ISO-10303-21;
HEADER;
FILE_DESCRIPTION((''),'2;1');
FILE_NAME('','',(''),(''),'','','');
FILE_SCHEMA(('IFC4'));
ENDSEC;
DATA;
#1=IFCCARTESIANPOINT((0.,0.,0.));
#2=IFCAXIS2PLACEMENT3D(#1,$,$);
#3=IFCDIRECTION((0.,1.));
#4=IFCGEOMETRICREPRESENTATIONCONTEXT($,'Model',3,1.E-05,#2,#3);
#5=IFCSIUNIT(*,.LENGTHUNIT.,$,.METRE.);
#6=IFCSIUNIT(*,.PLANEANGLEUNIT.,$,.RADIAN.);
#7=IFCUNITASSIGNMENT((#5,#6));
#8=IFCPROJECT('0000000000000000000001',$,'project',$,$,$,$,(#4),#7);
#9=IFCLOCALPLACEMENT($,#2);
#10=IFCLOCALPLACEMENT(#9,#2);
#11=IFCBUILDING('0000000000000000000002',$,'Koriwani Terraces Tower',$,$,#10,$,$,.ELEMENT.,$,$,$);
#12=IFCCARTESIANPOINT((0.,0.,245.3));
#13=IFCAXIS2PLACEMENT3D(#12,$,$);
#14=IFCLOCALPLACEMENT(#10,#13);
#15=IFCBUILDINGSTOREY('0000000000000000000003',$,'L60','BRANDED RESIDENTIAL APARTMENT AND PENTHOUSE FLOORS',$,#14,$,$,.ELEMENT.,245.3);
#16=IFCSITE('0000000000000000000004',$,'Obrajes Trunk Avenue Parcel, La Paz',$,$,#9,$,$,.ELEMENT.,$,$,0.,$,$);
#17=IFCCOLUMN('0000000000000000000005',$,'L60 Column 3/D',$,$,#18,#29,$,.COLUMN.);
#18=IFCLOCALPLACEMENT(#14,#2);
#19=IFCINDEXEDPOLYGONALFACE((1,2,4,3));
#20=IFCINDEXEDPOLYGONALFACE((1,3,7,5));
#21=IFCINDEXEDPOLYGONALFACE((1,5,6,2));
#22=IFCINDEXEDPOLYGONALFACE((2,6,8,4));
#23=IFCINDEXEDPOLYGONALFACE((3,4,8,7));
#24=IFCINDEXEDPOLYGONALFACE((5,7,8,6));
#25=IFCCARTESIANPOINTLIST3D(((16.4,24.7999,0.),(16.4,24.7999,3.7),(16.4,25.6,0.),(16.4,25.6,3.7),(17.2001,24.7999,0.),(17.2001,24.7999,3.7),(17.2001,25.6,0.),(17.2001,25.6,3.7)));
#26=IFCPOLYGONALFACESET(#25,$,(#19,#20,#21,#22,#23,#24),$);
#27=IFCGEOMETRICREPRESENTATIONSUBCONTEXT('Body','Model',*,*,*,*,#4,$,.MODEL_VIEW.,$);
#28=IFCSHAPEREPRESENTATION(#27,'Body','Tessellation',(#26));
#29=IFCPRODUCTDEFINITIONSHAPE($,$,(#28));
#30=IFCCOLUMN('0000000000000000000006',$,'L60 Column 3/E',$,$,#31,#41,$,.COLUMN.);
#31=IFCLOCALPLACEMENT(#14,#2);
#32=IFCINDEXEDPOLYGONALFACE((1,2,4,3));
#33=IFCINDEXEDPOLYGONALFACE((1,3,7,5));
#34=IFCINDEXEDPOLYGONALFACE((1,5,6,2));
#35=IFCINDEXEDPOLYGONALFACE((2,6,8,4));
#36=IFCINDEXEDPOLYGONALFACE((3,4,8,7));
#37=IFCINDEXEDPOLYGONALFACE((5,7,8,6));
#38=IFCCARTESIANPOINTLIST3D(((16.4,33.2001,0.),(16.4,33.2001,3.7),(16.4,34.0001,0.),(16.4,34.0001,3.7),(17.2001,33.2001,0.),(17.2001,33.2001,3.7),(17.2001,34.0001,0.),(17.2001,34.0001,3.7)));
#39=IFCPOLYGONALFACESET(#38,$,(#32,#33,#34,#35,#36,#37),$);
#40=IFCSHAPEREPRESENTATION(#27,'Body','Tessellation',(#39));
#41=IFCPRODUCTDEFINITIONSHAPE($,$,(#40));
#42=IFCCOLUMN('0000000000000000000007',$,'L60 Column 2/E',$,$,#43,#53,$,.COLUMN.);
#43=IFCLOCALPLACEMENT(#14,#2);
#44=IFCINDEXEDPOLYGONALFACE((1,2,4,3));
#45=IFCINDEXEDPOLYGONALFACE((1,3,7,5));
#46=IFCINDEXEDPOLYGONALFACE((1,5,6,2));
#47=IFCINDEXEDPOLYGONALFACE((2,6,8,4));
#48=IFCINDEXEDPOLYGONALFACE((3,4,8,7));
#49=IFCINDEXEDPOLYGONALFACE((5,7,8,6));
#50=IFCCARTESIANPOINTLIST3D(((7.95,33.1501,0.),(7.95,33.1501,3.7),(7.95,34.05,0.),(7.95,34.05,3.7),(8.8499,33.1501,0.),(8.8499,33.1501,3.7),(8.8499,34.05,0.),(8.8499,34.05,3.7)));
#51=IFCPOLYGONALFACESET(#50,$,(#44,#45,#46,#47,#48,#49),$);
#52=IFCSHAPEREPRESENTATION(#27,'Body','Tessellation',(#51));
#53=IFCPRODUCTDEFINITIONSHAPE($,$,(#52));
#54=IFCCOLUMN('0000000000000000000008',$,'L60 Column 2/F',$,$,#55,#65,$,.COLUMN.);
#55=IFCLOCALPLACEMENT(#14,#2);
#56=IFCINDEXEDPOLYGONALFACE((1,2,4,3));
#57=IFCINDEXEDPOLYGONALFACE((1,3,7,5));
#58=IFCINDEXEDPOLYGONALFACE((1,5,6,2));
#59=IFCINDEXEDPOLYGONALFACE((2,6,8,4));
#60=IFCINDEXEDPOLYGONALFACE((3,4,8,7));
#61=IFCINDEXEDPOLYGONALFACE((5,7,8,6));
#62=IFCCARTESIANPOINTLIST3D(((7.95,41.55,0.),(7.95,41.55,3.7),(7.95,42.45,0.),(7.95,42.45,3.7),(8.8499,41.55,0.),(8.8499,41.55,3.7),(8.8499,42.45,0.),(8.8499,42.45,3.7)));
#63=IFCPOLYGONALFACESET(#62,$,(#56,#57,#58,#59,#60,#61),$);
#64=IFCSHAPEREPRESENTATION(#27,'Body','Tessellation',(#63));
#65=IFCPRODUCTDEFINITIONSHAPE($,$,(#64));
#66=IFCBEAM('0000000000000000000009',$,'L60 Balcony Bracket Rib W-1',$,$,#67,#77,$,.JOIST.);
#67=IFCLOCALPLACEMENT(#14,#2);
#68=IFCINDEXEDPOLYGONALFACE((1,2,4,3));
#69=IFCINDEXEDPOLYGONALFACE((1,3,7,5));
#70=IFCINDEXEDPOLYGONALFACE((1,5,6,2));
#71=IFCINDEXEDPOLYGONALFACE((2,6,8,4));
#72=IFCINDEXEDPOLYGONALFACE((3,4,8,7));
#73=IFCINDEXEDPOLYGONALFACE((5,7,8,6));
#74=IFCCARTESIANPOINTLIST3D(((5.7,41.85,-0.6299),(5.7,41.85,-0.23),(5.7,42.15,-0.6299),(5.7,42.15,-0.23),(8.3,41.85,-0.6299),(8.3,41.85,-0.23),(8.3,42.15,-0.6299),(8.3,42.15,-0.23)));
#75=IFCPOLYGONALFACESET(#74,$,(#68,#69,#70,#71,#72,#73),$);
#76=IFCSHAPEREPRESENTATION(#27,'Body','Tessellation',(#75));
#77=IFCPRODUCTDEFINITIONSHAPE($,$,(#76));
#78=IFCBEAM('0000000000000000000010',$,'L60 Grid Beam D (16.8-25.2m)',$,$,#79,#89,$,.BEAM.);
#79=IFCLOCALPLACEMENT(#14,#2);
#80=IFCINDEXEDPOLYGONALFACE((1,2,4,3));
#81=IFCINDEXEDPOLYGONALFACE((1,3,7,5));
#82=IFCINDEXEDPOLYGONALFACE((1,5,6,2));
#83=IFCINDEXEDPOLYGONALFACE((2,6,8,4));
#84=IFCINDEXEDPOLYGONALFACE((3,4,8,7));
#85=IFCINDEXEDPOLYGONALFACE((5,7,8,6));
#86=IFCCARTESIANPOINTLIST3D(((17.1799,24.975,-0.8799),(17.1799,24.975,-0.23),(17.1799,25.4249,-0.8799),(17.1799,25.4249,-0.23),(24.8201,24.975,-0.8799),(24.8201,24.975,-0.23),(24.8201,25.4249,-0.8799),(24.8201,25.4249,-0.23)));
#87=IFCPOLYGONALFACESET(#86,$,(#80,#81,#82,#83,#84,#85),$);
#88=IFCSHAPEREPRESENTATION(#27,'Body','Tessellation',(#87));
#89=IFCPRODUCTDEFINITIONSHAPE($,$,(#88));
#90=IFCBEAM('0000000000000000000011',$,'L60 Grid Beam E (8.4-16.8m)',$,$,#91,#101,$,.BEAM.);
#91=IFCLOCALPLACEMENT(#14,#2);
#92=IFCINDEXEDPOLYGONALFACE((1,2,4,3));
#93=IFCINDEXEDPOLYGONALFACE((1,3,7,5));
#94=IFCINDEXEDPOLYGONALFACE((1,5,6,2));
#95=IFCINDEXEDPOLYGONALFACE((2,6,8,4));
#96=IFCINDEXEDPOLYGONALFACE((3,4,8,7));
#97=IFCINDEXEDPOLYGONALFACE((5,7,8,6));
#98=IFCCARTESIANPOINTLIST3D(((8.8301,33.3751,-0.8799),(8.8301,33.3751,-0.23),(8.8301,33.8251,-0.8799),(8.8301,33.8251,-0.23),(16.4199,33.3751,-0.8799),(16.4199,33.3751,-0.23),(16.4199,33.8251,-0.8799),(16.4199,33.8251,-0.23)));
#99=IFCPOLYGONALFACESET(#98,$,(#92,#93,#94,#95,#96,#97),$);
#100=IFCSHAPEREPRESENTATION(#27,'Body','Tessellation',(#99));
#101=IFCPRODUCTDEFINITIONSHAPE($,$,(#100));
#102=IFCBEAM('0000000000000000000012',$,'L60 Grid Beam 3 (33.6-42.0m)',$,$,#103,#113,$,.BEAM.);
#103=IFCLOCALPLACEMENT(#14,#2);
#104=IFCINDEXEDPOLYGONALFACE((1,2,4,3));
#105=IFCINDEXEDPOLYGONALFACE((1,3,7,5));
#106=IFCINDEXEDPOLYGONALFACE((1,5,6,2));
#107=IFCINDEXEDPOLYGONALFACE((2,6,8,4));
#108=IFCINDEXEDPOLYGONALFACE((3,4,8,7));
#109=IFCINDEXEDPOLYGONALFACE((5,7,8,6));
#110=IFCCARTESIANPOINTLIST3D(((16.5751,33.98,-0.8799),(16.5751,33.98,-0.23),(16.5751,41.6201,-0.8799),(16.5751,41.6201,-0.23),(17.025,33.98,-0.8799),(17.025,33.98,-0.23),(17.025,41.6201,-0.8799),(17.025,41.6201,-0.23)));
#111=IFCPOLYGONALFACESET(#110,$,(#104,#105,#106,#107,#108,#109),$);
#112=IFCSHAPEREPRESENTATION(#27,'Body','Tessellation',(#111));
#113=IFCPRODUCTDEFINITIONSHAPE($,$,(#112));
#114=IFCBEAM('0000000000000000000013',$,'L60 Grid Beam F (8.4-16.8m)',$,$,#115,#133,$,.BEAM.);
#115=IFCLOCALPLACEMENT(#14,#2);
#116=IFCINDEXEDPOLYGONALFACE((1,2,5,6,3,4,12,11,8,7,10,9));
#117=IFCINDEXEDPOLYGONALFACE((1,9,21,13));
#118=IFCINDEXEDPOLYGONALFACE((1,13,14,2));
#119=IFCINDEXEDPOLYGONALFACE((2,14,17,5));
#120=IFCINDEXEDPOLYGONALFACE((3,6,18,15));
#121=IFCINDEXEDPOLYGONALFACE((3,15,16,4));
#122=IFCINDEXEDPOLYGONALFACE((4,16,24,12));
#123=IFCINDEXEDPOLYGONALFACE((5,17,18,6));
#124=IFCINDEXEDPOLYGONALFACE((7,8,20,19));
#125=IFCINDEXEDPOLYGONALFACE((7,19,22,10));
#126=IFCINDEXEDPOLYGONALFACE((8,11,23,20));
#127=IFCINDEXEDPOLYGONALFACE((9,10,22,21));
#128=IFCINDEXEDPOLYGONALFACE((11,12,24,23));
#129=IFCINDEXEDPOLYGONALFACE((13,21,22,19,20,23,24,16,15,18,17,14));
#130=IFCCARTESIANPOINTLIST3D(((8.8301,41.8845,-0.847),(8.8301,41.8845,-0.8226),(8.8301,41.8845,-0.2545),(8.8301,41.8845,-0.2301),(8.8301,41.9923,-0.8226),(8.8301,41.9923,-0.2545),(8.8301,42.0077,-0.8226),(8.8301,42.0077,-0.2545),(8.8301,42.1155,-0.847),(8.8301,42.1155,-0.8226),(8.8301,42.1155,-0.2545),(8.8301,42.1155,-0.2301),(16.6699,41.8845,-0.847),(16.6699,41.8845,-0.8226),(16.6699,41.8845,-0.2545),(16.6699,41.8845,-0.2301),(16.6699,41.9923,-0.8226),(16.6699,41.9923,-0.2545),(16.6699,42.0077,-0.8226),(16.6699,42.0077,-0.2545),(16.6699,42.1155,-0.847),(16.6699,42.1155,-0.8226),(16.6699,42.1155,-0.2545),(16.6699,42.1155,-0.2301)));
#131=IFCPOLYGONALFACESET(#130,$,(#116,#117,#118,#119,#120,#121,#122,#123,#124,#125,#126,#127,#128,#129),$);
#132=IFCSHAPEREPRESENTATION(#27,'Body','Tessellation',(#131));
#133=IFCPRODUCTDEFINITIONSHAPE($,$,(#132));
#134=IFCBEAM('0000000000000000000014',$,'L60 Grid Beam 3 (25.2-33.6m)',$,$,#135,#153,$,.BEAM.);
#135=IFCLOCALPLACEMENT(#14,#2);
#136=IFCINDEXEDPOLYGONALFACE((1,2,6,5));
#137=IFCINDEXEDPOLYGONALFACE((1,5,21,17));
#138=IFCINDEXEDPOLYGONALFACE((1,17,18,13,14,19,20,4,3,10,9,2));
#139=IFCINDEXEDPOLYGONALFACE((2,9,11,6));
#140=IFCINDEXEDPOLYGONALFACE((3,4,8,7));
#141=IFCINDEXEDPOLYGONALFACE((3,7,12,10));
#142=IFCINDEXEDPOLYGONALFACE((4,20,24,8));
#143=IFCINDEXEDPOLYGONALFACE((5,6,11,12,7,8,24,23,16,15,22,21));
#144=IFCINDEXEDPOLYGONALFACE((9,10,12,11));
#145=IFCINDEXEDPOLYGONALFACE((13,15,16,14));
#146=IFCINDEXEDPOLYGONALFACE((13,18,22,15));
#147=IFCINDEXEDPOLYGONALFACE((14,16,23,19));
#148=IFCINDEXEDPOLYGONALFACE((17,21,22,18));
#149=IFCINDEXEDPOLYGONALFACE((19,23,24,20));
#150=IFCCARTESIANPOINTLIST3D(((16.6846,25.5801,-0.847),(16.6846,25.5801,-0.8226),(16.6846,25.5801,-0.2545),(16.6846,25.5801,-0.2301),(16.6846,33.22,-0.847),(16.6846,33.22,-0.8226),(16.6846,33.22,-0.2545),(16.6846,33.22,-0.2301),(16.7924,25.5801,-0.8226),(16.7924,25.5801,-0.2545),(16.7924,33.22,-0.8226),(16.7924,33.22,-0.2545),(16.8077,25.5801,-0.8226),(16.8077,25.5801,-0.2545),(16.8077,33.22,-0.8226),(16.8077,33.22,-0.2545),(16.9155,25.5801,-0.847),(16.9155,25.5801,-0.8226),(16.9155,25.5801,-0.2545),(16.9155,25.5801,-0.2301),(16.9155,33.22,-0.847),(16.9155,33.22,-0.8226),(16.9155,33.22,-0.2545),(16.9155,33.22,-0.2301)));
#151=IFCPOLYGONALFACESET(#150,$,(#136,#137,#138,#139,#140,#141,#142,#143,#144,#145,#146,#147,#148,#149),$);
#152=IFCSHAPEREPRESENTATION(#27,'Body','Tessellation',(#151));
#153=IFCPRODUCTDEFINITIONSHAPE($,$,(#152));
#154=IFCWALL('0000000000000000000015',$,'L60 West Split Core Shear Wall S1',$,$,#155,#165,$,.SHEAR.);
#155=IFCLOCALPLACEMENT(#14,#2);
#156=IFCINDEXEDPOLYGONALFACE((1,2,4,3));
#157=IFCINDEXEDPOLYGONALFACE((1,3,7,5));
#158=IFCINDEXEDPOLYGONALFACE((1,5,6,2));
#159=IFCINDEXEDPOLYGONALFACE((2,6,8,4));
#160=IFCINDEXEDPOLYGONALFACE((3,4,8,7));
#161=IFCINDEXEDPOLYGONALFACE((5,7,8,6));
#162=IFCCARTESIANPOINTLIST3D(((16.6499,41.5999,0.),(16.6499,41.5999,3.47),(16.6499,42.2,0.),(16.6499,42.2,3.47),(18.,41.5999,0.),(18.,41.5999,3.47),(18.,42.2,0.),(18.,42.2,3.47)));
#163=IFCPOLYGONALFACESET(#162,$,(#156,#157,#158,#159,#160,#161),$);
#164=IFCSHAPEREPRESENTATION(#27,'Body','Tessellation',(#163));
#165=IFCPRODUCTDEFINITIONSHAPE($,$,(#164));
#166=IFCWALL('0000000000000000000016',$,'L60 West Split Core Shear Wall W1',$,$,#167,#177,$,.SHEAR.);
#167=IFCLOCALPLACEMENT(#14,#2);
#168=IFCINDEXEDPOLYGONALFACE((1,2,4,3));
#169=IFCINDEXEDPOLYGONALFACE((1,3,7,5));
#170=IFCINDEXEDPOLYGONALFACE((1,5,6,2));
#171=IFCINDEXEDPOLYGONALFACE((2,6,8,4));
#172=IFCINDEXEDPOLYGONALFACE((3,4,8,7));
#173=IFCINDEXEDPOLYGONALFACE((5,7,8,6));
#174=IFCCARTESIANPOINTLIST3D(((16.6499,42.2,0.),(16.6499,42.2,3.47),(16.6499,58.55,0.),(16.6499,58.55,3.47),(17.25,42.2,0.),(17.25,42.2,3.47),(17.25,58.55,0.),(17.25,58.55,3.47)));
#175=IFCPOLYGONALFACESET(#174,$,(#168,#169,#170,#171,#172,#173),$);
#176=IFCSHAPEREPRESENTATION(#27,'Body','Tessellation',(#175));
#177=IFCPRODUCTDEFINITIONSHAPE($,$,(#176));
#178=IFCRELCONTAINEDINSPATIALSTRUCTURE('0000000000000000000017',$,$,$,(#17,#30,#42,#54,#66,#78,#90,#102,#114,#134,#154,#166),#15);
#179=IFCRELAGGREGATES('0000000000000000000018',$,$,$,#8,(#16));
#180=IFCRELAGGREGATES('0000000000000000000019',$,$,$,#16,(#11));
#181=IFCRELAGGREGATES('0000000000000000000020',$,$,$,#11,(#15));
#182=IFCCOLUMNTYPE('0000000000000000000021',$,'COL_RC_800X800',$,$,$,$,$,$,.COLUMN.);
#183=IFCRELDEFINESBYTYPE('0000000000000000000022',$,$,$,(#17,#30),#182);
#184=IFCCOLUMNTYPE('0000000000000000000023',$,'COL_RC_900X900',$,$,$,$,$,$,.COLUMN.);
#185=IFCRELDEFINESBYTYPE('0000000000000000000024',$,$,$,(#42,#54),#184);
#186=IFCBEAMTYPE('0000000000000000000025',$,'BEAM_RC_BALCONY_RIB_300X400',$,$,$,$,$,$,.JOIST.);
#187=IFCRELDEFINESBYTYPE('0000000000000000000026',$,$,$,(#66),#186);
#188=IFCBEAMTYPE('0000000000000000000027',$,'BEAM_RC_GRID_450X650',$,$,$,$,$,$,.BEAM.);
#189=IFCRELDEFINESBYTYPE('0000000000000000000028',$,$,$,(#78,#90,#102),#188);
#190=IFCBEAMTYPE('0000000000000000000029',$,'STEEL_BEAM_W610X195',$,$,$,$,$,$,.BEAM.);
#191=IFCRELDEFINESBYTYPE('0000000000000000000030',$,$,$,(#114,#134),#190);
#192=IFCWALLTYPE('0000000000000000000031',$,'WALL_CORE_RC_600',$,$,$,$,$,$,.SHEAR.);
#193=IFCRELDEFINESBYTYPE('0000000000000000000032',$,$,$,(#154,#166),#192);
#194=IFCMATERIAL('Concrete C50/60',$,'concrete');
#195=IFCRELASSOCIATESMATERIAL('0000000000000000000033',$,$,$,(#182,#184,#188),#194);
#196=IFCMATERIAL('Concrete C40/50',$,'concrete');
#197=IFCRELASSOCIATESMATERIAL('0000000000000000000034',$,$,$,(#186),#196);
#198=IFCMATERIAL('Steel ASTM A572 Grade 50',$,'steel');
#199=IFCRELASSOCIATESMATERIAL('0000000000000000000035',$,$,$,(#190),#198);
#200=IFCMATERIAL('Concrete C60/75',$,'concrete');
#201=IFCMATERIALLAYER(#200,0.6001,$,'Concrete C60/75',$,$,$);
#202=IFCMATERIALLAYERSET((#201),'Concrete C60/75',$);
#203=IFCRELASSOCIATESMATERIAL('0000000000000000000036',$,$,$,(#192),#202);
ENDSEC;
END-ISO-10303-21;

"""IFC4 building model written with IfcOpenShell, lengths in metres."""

from ifc_helpers import new_model, si_unit, direction, frame, frame_2d, origin, origin_2d, place, context, subcontext, project, spatial, rectangle, i_section, extrude, material, layer, layer_set, material_profile, profile_set, type_object, element, save


model = new_model("IFC4")

# Units and contexts
model_context = context("Model", 3, precision=1e-05, world=origin(), true_north=direction((0.0, 1.0)))
body_context = subcontext(model_context, "Body", "Model", "MODEL_VIEW")
ifc_project = project(units=[si_unit("LENGTHUNIT", "METRE"), si_unit("PLANEANGLEUNIT", "RADIAN")], contexts=[model_context])

# Site, building, storey
site_placement = place(None, origin())
site = spatial("IfcSite", under=ifc_project, at=site_placement, Name="Obrajes Trunk Avenue Parcel, La Paz", CompositionType="ELEMENT", RefElevation=0.0)
building_placement = place(site_placement, origin())
building = spatial("IfcBuilding", under=site, at=building_placement, Name="Koriwani Terraces Tower", CompositionType="ELEMENT")
storey_placement = place(building_placement, frame((0.0, 0.0, 245.3)))
storey = spatial("IfcBuildingStorey", under=building, at=storey_placement, Name="L60", Description="BRANDED RESIDENTIAL APARTMENT AND PENTHOUSE FLOORS", CompositionType="ELEMENT", Elevation=245.3)

# Columns
ifc_material_1 = material(Name="Concrete C50/60", Category="concrete")
ifc_material_profile_1 = material_profile(ifc_material_1, rectangle(XDim=0.8, YDim=0.8, at=origin_2d()), Name="Concrete C50/60", Category="LoadBearing")
ifc_profile_set_1 = profile_set([ifc_material_profile_1], Name="Concrete C50/60")
column_type_1 = type_object("IfcColumnType", Name="COL_RC_800X800", PredefinedType="COLUMN", material=ifc_profile_set_1)
for number, where, z_axis, x_axis, name in (
    (1, (16.8, 25.2, 0.0), (0.0, 0.0, 1.0), (1.0, 0.0, 0.0), "L60 Column 3/D"),
    (2, (16.8, 33.6001, 0.0), (0.0, 0.0, 1.0), (1.0, 0.0, 0.0), "L60 Column 3/E"),
):
    element("IfcColumn", number, at=place(storey_placement, frame(where, z_axis=z_axis, x_axis=x_axis)), inside=storey, type_object=column_type_1, Name=name, PredefinedType="COLUMN", context=body_context, shape_type="SweptSolid", body=[
        extrude(rectangle(XDim=0.8, YDim=0.8, at=origin_2d()), origin(), (0.0, 0.0, 1.0), 3.7),
    ])
ifc_material_profile_2 = material_profile(ifc_material_1, rectangle(XDim=0.8999, YDim=0.8999, at=origin_2d()), Name="Concrete C50/60", Category="LoadBearing")
ifc_profile_set_2 = profile_set([ifc_material_profile_2], Name="Concrete C50/60")
column_type_2 = type_object("IfcColumnType", Name="COL_RC_900X900", PredefinedType="COLUMN", material=ifc_profile_set_2)
for number, where, z_axis, x_axis, name in (
    (3, (8.3999, 33.6001, 0.0), (0.0, 0.0, 1.0), (1.0, 0.0, 0.0), "L60 Column 2/E"),
    (4, (8.3999, 42.0, 0.0), (0.0, 0.0, 1.0), (1.0, 0.0, 0.0), "L60 Column 2/F"),
):
    element("IfcColumn", number, at=place(storey_placement, frame(where, z_axis=z_axis, x_axis=x_axis)), inside=storey, type_object=column_type_2, Name=name, PredefinedType="COLUMN", context=body_context, shape_type="SweptSolid", body=[
        extrude(rectangle(XDim=0.8999, YDim=0.8999, at=origin_2d()), origin(), (0.0, 0.0, 1.0), 3.7),
    ])

# Beams
ifc_material_2 = material(Name="Concrete C40/50", Category="concrete")
ifc_material_profile_3 = material_profile(ifc_material_2, rectangle(XDim=0.3, YDim=0.3999, at=origin_2d()), Name="Concrete C40/50", Category="LoadBearing")
ifc_profile_set_3 = profile_set([ifc_material_profile_3], Name="Concrete C40/50")
beam_type_1 = type_object("IfcBeamType", Name="BEAM_RC_BALCONY_RIB_300X400", PredefinedType="JOIST", material=ifc_profile_set_3)
beam_1_placement = place(storey_placement, frame((5.7, 42.0, -0.4299), z_axis=(1.0, 0.0, 0.0), x_axis=(0.0, 1.0, 0.0)))
element("IfcBeam", 5, at=beam_1_placement, inside=storey, type_object=beam_type_1, Name="L60 Balcony Bracket Rib W-1", PredefinedType="JOIST", context=body_context, shape_type="SweptSolid", body=[
    extrude(rectangle(XDim=0.3, YDim=0.3999, at=origin_2d()), origin(), (0.0, 0.0, 1.0), 2.6001),
])
ifc_material_profile_4 = material_profile(ifc_material_1, rectangle(XDim=0.45, YDim=0.6499, at=origin_2d()), Name="Concrete C50/60", Category="LoadBearing")
ifc_profile_set_4 = profile_set([ifc_material_profile_4], Name="Concrete C50/60")
beam_type_2 = type_object("IfcBeamType", Name="BEAM_RC_GRID_450X650", PredefinedType="BEAM", material=ifc_profile_set_4)
beam_2_placement = place(storey_placement, frame((17.1799, 25.2, -0.5549), z_axis=(1.0, 0.0, 0.0), x_axis=(0.0, 1.0, 0.0)))
element("IfcBeam", 6, at=beam_2_placement, inside=storey, type_object=beam_type_2, Name="L60 Grid Beam D (16.8-25.2m)", PredefinedType="BEAM", context=body_context, shape_type="SweptSolid", body=[
    extrude(rectangle(XDim=0.45, YDim=0.6499, at=origin_2d()), origin(), (0.0, 0.0, 1.0), 7.6401),
])
beam_3_placement = place(storey_placement, frame((8.8301, 33.6001, -0.5549), z_axis=(1.0, 0.0, 0.0), x_axis=(0.0, 1.0, 0.0)))
element("IfcBeam", 7, at=beam_3_placement, inside=storey, type_object=beam_type_2, Name="L60 Grid Beam E (8.4-16.8m)", PredefinedType="BEAM", context=body_context, shape_type="SweptSolid", body=[
    extrude(rectangle(XDim=0.45, YDim=0.6499, at=origin_2d()), origin(), (0.0, 0.0, 1.0), 7.5898),
])
beam_4_placement = place(storey_placement, frame((16.8, 33.98, -0.5549), z_axis=(0.0, 1.0, 0.0), x_axis=(-1.0, 0.0, 0.0)))
element("IfcBeam", 8, at=beam_4_placement, inside=storey, type_object=beam_type_2, Name="L60 Grid Beam 3 (33.6-42.0m)", PredefinedType="BEAM", context=body_context, shape_type="SweptSolid", body=[
    extrude(rectangle(XDim=0.45, YDim=0.6499, at=origin_2d()), origin(), (0.0, 0.0, 1.0), 7.6401),
])
ifc_material_3 = material(Name="Steel ASTM A572 Grade 50", Category="steel")
ifc_material_profile_5 = material_profile(ifc_material_3, i_section(OverallWidth=0.231, OverallDepth=0.6169, WebThickness=0.0154, FlangeThickness=0.0244, at=origin_2d()), Name="Steel ASTM A572 Grade 50", Category="LoadBearing")
ifc_profile_set_5 = profile_set([ifc_material_profile_5], Name="Steel ASTM A572 Grade 50")
beam_type_3 = type_object("IfcBeamType", Name="STEEL_BEAM_W610X195", PredefinedType="BEAM", material=ifc_profile_set_5)
beam_5_placement = place(storey_placement, frame((8.8301, 42.0, -0.5386), z_axis=(1.0, 0.0, 0.0), x_axis=(0.0, 1.0, 0.0)))
element("IfcBeam", 9, at=beam_5_placement, inside=storey, type_object=beam_type_3, Name="L60 Grid Beam F (8.4-16.8m)", PredefinedType="BEAM", context=body_context, shape_type="SweptSolid", body=[
    extrude(i_section(OverallWidth=0.231, OverallDepth=0.6169, WebThickness=0.0154, FlangeThickness=0.0244, at=origin_2d()), origin(), (0.0, 0.0, 1.0), 7.8398),
])
beam_6_placement = place(storey_placement, frame((16.8, 25.5801, -0.5386), z_axis=(0.0, 1.0, 0.0), x_axis=(-1.0, 0.0, 0.0)))
element("IfcBeam", 10, at=beam_6_placement, inside=storey, type_object=beam_type_3, Name="L60 Grid Beam 3 (25.2-33.6m)", PredefinedType="BEAM", context=body_context, shape_type="SweptSolid", body=[
    extrude(i_section(OverallWidth=0.231, OverallDepth=0.6169, WebThickness=0.0154, FlangeThickness=0.0244, at=origin_2d()), origin(), (0.0, 0.0, 1.0), 7.6399),
])

# Walls
ifc_material_4 = material(Name="Concrete C60/75", Category="concrete")
ifc_layer_1 = layer(ifc_material_4, 0.6001, Name="Concrete C60/75")
ifc_layer_set_1 = layer_set([ifc_layer_1], Name="Concrete C60/75")
wall_type_1 = type_object("IfcWallType", Name="WALL_CORE_RC_600", PredefinedType="SHEAR", material=ifc_layer_set_1)
wall_1_placement = place(storey_placement, frame((16.6499, 41.8999, 0.0), z_axis=(0.0, 0.0, 1.0), x_axis=(1.0, 0.0, 0.0)))
element("IfcWall", 11, at=wall_1_placement, inside=storey, type_object=wall_type_1, Name="L60 West Split Core Shear Wall S1", PredefinedType="SHEAR", context=body_context, shape_type="SweptSolid", body=[
    extrude(rectangle(XDim=1.3501, YDim=0.6001, at=frame_2d((0.675, 0.0))), origin(), (0.0, 0.0, 1.0), 3.47),
])
wall_2_placement = place(storey_placement, frame((16.95, 42.2, 0.0), z_axis=(0.0, 0.0, 1.0), x_axis=(0.0, 1.0, 0.0)))
element("IfcWall", 12, at=wall_2_placement, inside=storey, type_object=wall_type_1, Name="L60 West Split Core Shear Wall W1", PredefinedType="SHEAR", context=body_context, shape_type="SweptSolid", body=[
    extrude(rectangle(XDim=16.3501, YDim=0.6001, at=frame_2d((8.175, 0.0))), origin(), (0.0, 0.0, 1.0), 3.47),
])

save(model, "model.ifc")
